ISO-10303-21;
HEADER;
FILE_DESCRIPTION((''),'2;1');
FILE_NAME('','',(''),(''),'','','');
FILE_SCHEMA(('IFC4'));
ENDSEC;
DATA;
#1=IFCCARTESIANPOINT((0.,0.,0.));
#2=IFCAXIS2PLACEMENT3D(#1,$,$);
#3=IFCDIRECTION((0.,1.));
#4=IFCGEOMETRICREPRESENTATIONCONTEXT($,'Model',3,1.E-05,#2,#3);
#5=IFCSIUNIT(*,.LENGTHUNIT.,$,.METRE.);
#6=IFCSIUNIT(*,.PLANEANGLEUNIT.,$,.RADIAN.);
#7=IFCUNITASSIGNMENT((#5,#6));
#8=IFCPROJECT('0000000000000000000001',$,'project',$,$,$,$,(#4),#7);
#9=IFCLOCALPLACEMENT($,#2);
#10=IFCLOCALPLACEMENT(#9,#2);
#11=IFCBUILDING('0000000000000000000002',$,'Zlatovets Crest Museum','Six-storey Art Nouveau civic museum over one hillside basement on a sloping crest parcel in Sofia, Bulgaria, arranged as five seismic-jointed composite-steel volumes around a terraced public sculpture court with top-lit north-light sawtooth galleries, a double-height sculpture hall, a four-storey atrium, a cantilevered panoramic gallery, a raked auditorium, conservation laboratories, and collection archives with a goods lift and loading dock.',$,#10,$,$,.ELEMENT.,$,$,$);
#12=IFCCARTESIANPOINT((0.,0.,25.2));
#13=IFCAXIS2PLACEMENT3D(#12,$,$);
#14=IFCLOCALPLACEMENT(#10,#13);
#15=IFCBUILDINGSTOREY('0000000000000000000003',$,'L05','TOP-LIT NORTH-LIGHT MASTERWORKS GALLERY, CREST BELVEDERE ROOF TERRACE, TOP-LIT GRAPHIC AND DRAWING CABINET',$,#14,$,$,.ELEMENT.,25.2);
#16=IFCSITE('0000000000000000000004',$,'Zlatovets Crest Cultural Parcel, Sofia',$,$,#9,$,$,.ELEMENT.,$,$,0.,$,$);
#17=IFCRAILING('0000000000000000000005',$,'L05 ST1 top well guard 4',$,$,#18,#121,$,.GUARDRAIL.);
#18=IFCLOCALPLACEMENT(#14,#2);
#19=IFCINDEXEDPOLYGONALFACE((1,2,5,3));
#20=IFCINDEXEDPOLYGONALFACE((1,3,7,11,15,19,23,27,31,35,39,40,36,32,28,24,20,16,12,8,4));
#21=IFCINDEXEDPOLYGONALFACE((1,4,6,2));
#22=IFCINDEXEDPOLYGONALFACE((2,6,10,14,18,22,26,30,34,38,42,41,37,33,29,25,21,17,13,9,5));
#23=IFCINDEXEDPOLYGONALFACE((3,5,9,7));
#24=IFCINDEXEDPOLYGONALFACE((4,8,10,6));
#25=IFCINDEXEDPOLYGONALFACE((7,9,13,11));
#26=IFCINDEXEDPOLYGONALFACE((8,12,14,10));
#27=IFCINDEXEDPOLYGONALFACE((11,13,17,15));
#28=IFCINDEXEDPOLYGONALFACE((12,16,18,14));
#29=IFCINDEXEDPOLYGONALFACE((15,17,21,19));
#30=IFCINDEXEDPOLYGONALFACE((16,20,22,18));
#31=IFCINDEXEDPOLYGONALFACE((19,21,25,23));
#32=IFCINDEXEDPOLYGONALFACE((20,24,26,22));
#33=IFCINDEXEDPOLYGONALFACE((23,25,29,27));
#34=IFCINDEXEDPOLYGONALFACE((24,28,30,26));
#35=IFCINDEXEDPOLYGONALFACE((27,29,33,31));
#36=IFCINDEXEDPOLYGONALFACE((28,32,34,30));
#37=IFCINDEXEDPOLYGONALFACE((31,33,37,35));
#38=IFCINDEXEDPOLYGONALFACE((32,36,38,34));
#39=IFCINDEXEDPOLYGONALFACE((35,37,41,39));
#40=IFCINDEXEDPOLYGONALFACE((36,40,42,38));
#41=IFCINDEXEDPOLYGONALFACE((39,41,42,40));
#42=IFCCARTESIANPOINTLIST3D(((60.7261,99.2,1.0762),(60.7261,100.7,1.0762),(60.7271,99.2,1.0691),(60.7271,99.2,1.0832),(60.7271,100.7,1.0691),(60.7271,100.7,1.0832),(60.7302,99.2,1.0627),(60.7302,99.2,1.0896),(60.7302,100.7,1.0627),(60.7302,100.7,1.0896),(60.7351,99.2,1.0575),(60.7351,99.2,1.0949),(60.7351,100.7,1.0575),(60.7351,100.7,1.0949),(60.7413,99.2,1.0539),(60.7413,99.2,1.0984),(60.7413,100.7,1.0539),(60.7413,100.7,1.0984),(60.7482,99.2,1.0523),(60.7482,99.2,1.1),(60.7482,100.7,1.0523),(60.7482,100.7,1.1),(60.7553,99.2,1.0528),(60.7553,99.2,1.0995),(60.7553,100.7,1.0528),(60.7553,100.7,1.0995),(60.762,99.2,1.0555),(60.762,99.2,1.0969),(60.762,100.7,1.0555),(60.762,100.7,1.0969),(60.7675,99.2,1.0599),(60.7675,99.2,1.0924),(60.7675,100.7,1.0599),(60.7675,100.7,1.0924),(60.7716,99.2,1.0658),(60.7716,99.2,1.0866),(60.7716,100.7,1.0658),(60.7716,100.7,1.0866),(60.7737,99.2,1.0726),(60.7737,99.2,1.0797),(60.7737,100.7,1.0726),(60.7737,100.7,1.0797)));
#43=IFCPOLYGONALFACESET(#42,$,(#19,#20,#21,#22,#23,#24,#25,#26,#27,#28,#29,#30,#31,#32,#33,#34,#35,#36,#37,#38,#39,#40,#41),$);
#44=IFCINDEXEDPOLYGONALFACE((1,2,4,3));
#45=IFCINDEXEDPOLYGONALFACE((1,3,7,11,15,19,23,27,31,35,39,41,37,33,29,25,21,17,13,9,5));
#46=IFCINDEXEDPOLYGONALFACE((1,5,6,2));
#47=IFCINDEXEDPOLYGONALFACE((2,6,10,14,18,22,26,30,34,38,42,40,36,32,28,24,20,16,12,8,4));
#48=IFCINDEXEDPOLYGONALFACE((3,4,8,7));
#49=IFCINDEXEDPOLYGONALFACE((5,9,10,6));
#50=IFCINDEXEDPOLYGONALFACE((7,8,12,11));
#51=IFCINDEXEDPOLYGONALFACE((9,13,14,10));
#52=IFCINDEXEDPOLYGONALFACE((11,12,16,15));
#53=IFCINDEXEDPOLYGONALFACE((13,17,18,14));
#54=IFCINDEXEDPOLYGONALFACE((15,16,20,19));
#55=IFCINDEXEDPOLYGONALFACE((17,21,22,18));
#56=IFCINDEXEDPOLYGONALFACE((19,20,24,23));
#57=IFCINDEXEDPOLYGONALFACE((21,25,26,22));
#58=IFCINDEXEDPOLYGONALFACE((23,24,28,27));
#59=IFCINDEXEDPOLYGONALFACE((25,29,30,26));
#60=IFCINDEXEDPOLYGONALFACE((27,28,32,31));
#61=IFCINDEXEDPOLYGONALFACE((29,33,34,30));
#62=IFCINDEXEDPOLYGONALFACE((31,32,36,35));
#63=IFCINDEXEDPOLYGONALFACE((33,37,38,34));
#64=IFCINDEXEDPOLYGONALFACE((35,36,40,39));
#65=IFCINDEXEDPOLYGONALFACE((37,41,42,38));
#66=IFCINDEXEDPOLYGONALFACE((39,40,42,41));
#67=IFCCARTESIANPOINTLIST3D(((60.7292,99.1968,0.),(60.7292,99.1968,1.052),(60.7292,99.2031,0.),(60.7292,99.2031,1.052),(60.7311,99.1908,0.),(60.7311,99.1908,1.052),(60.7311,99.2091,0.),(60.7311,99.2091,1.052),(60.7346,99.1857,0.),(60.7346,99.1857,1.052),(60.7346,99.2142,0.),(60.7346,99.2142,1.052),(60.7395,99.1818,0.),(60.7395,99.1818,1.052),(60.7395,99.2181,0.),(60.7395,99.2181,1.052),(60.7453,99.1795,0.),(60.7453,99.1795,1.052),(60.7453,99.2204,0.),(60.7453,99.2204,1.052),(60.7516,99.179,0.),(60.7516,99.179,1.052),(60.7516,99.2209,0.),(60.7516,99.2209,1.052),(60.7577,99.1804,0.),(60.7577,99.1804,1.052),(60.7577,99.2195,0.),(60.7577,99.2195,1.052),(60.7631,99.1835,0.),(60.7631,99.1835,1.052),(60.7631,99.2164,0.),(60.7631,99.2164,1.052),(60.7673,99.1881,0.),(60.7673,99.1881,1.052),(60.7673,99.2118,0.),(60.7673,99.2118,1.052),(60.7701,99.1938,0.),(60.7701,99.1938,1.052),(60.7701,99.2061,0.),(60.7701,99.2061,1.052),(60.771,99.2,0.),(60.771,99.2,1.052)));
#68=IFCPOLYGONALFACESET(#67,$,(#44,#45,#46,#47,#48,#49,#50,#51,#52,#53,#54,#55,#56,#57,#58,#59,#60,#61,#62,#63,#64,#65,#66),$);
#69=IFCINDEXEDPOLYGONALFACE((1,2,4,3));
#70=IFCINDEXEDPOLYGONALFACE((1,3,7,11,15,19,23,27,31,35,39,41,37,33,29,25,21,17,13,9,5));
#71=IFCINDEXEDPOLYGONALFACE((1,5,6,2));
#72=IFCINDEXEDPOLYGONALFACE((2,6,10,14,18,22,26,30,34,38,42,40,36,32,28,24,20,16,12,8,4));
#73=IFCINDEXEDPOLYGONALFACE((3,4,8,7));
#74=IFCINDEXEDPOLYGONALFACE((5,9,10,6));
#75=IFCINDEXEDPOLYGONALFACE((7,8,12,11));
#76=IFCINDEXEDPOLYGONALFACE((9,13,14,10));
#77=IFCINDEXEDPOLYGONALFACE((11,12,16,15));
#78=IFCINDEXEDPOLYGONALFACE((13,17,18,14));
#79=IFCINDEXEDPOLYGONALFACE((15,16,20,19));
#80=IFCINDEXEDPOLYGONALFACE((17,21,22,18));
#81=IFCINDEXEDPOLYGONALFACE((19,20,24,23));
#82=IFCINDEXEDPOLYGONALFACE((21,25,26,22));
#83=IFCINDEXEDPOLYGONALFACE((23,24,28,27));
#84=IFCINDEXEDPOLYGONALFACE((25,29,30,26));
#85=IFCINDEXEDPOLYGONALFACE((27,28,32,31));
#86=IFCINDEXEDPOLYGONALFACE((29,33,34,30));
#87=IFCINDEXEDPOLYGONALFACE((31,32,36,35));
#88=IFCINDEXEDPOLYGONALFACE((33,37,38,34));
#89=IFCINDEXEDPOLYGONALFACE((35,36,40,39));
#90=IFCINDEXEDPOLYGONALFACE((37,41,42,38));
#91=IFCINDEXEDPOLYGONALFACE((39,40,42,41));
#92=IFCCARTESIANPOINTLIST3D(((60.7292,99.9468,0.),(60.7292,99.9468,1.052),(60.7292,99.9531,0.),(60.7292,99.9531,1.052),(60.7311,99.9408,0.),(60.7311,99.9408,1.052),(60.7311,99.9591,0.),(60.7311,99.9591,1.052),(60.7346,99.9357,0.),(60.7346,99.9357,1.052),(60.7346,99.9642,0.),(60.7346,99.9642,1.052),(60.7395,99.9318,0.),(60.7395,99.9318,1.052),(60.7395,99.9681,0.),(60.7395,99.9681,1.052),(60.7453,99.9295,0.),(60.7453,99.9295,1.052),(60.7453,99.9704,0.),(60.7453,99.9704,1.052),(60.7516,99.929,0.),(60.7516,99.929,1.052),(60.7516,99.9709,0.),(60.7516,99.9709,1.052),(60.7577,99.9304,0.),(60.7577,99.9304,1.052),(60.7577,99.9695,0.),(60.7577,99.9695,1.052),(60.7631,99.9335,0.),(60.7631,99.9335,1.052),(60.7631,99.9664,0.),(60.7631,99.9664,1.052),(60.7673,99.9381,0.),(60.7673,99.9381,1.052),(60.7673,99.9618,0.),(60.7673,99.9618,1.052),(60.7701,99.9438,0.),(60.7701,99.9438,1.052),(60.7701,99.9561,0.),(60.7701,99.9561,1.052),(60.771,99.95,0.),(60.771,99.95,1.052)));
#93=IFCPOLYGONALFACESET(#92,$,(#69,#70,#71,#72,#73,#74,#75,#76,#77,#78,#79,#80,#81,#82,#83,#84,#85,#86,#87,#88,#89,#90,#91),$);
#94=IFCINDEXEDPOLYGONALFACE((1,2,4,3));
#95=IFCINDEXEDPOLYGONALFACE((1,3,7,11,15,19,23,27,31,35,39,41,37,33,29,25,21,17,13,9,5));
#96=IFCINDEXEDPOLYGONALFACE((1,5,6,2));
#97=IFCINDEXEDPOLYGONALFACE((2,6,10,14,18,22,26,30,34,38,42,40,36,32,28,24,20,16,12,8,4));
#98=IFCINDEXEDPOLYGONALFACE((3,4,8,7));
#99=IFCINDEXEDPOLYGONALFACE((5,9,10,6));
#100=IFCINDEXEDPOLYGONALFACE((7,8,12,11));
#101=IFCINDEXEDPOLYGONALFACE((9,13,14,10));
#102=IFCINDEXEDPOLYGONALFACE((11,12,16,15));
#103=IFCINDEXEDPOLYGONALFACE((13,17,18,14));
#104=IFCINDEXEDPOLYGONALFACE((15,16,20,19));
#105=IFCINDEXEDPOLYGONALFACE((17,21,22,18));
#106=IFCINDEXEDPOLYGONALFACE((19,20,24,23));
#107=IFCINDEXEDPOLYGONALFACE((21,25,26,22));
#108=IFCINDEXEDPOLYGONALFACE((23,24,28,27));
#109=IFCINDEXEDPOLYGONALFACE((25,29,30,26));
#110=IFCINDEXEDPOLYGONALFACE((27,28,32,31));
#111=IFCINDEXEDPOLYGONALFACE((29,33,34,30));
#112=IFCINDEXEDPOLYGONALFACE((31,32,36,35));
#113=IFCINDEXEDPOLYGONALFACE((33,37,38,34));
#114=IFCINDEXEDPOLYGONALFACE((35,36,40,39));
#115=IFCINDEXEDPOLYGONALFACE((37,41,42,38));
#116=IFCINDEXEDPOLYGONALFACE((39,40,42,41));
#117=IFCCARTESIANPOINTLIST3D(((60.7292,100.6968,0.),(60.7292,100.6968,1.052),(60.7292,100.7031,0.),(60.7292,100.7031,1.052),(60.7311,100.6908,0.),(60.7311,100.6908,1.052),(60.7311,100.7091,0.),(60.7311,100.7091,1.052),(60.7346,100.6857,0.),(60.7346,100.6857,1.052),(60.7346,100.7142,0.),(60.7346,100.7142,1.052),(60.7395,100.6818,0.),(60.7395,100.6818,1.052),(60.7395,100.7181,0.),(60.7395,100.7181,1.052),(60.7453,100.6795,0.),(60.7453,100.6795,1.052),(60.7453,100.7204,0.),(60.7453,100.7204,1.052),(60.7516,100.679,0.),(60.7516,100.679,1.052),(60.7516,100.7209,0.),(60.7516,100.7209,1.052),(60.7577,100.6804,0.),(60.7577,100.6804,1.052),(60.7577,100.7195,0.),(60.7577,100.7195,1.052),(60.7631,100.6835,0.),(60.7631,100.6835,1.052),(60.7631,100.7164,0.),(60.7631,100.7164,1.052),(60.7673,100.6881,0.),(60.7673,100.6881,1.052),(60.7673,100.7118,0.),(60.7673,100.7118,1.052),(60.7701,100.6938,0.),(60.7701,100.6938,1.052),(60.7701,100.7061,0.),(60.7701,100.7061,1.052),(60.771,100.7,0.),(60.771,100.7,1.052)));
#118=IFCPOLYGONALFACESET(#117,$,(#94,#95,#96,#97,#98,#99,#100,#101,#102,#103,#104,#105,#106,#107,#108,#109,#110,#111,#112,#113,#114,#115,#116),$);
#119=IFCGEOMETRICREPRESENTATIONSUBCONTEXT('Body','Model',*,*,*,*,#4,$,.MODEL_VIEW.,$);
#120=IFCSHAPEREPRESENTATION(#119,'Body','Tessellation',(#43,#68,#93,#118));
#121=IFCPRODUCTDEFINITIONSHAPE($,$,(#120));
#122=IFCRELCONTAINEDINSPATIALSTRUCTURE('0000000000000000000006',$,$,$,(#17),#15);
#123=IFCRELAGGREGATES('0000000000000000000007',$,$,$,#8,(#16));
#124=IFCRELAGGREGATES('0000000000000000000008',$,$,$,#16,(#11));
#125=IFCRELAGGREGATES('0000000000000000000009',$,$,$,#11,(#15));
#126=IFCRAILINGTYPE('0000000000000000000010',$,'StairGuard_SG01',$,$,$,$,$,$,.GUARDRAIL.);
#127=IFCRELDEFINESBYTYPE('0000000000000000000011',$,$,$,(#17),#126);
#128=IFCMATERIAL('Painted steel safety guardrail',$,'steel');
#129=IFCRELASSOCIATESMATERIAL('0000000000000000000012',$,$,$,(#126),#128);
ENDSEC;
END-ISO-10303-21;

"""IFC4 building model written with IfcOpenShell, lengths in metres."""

from ifc_helpers import new_model, si_unit, direction, frame, origin, origin_2d, place, context, subcontext, project, spatial, circle, extrude, material, type_object, element, save


model = new_model("IFC4")

# Units and contexts
model_context = context("Model", 3, precision=1e-05, world=origin(), true_north=direction((0.0, 1.0)))
body_context = subcontext(model_context, "Body", "Model", "MODEL_VIEW")
ifc_project = project(units=[si_unit("LENGTHUNIT", "METRE"), si_unit("PLANEANGLEUNIT", "RADIAN")], contexts=[model_context])

# Site, building, storey
site_placement = place(None, origin())
site = spatial("IfcSite", under=ifc_project, at=site_placement, Name="Zlatovets Crest Cultural Parcel, Sofia", CompositionType="ELEMENT", RefElevation=0.0)
building_placement = place(site_placement, origin())
building = spatial("IfcBuilding", under=site, at=building_placement, Name="Zlatovets Crest Museum", Description="Six-storey Art Nouveau civic museum over one hillside basement on a sloping crest parcel in Sofia, Bulgaria, arranged as five seismic-jointed composite-steel volumes around a terraced public sculpture court with top-lit north-light sawtooth galleries, a double-height sculpture hall, a four-storey atrium, a cantilevered panoramic gallery, a raked auditorium, conservation laboratories, and collection archives with a goods lift and loading dock.", CompositionType="ELEMENT")
storey_placement = place(building_placement, frame((0.0, 0.0, 25.2)))
storey = spatial("IfcBuildingStorey", under=building, at=storey_placement, Name="L05", Description="TOP-LIT NORTH-LIGHT MASTERWORKS GALLERY, CREST BELVEDERE ROOF TERRACE, TOP-LIT GRAPHIC AND DRAWING CABINET", CompositionType="ELEMENT", Elevation=25.2)

# Railing
ifc_material_1 = material(Name="Painted steel safety guardrail", Category="steel")
railing_type = type_object("IfcRailingType", Name="StairGuard_SG01", PredefinedType="GUARDRAIL", material=ifc_material_1)
railing_1_placement = place(storey_placement, frame((60.75, 99.2, 0.0)))
element("IfcRailing", 1, at=railing_1_placement, inside=storey, type_object=railing_type, Name="L05 ST1 top well guard 4", PredefinedType="GUARDRAIL", context=body_context, shape_type="SweptSolid", body=[
    extrude(circle(Radius=0.0239, at=origin_2d()), frame((0.0, 0.0, 1.0762), z_axis=(0.0, 1.0, 0.0), x_axis=(-1.0, 0.0, 0.0)), (0.0, 0.0, 1.0), 1.5),
    extrude(circle(Radius=0.021, at=origin_2d()), origin(), (0.0, 0.0, 1.0), 1.052),
    extrude(circle(Radius=0.021, at=origin_2d()), frame((0.0, 0.75, 0.0)), (0.0, 0.0, 1.0), 1.052),
    extrude(circle(Radius=0.021, at=origin_2d()), frame((0.0, 1.5, 0.0)), (0.0, 0.0, 1.0), 1.052),
])

save(model, "model.ifc")
